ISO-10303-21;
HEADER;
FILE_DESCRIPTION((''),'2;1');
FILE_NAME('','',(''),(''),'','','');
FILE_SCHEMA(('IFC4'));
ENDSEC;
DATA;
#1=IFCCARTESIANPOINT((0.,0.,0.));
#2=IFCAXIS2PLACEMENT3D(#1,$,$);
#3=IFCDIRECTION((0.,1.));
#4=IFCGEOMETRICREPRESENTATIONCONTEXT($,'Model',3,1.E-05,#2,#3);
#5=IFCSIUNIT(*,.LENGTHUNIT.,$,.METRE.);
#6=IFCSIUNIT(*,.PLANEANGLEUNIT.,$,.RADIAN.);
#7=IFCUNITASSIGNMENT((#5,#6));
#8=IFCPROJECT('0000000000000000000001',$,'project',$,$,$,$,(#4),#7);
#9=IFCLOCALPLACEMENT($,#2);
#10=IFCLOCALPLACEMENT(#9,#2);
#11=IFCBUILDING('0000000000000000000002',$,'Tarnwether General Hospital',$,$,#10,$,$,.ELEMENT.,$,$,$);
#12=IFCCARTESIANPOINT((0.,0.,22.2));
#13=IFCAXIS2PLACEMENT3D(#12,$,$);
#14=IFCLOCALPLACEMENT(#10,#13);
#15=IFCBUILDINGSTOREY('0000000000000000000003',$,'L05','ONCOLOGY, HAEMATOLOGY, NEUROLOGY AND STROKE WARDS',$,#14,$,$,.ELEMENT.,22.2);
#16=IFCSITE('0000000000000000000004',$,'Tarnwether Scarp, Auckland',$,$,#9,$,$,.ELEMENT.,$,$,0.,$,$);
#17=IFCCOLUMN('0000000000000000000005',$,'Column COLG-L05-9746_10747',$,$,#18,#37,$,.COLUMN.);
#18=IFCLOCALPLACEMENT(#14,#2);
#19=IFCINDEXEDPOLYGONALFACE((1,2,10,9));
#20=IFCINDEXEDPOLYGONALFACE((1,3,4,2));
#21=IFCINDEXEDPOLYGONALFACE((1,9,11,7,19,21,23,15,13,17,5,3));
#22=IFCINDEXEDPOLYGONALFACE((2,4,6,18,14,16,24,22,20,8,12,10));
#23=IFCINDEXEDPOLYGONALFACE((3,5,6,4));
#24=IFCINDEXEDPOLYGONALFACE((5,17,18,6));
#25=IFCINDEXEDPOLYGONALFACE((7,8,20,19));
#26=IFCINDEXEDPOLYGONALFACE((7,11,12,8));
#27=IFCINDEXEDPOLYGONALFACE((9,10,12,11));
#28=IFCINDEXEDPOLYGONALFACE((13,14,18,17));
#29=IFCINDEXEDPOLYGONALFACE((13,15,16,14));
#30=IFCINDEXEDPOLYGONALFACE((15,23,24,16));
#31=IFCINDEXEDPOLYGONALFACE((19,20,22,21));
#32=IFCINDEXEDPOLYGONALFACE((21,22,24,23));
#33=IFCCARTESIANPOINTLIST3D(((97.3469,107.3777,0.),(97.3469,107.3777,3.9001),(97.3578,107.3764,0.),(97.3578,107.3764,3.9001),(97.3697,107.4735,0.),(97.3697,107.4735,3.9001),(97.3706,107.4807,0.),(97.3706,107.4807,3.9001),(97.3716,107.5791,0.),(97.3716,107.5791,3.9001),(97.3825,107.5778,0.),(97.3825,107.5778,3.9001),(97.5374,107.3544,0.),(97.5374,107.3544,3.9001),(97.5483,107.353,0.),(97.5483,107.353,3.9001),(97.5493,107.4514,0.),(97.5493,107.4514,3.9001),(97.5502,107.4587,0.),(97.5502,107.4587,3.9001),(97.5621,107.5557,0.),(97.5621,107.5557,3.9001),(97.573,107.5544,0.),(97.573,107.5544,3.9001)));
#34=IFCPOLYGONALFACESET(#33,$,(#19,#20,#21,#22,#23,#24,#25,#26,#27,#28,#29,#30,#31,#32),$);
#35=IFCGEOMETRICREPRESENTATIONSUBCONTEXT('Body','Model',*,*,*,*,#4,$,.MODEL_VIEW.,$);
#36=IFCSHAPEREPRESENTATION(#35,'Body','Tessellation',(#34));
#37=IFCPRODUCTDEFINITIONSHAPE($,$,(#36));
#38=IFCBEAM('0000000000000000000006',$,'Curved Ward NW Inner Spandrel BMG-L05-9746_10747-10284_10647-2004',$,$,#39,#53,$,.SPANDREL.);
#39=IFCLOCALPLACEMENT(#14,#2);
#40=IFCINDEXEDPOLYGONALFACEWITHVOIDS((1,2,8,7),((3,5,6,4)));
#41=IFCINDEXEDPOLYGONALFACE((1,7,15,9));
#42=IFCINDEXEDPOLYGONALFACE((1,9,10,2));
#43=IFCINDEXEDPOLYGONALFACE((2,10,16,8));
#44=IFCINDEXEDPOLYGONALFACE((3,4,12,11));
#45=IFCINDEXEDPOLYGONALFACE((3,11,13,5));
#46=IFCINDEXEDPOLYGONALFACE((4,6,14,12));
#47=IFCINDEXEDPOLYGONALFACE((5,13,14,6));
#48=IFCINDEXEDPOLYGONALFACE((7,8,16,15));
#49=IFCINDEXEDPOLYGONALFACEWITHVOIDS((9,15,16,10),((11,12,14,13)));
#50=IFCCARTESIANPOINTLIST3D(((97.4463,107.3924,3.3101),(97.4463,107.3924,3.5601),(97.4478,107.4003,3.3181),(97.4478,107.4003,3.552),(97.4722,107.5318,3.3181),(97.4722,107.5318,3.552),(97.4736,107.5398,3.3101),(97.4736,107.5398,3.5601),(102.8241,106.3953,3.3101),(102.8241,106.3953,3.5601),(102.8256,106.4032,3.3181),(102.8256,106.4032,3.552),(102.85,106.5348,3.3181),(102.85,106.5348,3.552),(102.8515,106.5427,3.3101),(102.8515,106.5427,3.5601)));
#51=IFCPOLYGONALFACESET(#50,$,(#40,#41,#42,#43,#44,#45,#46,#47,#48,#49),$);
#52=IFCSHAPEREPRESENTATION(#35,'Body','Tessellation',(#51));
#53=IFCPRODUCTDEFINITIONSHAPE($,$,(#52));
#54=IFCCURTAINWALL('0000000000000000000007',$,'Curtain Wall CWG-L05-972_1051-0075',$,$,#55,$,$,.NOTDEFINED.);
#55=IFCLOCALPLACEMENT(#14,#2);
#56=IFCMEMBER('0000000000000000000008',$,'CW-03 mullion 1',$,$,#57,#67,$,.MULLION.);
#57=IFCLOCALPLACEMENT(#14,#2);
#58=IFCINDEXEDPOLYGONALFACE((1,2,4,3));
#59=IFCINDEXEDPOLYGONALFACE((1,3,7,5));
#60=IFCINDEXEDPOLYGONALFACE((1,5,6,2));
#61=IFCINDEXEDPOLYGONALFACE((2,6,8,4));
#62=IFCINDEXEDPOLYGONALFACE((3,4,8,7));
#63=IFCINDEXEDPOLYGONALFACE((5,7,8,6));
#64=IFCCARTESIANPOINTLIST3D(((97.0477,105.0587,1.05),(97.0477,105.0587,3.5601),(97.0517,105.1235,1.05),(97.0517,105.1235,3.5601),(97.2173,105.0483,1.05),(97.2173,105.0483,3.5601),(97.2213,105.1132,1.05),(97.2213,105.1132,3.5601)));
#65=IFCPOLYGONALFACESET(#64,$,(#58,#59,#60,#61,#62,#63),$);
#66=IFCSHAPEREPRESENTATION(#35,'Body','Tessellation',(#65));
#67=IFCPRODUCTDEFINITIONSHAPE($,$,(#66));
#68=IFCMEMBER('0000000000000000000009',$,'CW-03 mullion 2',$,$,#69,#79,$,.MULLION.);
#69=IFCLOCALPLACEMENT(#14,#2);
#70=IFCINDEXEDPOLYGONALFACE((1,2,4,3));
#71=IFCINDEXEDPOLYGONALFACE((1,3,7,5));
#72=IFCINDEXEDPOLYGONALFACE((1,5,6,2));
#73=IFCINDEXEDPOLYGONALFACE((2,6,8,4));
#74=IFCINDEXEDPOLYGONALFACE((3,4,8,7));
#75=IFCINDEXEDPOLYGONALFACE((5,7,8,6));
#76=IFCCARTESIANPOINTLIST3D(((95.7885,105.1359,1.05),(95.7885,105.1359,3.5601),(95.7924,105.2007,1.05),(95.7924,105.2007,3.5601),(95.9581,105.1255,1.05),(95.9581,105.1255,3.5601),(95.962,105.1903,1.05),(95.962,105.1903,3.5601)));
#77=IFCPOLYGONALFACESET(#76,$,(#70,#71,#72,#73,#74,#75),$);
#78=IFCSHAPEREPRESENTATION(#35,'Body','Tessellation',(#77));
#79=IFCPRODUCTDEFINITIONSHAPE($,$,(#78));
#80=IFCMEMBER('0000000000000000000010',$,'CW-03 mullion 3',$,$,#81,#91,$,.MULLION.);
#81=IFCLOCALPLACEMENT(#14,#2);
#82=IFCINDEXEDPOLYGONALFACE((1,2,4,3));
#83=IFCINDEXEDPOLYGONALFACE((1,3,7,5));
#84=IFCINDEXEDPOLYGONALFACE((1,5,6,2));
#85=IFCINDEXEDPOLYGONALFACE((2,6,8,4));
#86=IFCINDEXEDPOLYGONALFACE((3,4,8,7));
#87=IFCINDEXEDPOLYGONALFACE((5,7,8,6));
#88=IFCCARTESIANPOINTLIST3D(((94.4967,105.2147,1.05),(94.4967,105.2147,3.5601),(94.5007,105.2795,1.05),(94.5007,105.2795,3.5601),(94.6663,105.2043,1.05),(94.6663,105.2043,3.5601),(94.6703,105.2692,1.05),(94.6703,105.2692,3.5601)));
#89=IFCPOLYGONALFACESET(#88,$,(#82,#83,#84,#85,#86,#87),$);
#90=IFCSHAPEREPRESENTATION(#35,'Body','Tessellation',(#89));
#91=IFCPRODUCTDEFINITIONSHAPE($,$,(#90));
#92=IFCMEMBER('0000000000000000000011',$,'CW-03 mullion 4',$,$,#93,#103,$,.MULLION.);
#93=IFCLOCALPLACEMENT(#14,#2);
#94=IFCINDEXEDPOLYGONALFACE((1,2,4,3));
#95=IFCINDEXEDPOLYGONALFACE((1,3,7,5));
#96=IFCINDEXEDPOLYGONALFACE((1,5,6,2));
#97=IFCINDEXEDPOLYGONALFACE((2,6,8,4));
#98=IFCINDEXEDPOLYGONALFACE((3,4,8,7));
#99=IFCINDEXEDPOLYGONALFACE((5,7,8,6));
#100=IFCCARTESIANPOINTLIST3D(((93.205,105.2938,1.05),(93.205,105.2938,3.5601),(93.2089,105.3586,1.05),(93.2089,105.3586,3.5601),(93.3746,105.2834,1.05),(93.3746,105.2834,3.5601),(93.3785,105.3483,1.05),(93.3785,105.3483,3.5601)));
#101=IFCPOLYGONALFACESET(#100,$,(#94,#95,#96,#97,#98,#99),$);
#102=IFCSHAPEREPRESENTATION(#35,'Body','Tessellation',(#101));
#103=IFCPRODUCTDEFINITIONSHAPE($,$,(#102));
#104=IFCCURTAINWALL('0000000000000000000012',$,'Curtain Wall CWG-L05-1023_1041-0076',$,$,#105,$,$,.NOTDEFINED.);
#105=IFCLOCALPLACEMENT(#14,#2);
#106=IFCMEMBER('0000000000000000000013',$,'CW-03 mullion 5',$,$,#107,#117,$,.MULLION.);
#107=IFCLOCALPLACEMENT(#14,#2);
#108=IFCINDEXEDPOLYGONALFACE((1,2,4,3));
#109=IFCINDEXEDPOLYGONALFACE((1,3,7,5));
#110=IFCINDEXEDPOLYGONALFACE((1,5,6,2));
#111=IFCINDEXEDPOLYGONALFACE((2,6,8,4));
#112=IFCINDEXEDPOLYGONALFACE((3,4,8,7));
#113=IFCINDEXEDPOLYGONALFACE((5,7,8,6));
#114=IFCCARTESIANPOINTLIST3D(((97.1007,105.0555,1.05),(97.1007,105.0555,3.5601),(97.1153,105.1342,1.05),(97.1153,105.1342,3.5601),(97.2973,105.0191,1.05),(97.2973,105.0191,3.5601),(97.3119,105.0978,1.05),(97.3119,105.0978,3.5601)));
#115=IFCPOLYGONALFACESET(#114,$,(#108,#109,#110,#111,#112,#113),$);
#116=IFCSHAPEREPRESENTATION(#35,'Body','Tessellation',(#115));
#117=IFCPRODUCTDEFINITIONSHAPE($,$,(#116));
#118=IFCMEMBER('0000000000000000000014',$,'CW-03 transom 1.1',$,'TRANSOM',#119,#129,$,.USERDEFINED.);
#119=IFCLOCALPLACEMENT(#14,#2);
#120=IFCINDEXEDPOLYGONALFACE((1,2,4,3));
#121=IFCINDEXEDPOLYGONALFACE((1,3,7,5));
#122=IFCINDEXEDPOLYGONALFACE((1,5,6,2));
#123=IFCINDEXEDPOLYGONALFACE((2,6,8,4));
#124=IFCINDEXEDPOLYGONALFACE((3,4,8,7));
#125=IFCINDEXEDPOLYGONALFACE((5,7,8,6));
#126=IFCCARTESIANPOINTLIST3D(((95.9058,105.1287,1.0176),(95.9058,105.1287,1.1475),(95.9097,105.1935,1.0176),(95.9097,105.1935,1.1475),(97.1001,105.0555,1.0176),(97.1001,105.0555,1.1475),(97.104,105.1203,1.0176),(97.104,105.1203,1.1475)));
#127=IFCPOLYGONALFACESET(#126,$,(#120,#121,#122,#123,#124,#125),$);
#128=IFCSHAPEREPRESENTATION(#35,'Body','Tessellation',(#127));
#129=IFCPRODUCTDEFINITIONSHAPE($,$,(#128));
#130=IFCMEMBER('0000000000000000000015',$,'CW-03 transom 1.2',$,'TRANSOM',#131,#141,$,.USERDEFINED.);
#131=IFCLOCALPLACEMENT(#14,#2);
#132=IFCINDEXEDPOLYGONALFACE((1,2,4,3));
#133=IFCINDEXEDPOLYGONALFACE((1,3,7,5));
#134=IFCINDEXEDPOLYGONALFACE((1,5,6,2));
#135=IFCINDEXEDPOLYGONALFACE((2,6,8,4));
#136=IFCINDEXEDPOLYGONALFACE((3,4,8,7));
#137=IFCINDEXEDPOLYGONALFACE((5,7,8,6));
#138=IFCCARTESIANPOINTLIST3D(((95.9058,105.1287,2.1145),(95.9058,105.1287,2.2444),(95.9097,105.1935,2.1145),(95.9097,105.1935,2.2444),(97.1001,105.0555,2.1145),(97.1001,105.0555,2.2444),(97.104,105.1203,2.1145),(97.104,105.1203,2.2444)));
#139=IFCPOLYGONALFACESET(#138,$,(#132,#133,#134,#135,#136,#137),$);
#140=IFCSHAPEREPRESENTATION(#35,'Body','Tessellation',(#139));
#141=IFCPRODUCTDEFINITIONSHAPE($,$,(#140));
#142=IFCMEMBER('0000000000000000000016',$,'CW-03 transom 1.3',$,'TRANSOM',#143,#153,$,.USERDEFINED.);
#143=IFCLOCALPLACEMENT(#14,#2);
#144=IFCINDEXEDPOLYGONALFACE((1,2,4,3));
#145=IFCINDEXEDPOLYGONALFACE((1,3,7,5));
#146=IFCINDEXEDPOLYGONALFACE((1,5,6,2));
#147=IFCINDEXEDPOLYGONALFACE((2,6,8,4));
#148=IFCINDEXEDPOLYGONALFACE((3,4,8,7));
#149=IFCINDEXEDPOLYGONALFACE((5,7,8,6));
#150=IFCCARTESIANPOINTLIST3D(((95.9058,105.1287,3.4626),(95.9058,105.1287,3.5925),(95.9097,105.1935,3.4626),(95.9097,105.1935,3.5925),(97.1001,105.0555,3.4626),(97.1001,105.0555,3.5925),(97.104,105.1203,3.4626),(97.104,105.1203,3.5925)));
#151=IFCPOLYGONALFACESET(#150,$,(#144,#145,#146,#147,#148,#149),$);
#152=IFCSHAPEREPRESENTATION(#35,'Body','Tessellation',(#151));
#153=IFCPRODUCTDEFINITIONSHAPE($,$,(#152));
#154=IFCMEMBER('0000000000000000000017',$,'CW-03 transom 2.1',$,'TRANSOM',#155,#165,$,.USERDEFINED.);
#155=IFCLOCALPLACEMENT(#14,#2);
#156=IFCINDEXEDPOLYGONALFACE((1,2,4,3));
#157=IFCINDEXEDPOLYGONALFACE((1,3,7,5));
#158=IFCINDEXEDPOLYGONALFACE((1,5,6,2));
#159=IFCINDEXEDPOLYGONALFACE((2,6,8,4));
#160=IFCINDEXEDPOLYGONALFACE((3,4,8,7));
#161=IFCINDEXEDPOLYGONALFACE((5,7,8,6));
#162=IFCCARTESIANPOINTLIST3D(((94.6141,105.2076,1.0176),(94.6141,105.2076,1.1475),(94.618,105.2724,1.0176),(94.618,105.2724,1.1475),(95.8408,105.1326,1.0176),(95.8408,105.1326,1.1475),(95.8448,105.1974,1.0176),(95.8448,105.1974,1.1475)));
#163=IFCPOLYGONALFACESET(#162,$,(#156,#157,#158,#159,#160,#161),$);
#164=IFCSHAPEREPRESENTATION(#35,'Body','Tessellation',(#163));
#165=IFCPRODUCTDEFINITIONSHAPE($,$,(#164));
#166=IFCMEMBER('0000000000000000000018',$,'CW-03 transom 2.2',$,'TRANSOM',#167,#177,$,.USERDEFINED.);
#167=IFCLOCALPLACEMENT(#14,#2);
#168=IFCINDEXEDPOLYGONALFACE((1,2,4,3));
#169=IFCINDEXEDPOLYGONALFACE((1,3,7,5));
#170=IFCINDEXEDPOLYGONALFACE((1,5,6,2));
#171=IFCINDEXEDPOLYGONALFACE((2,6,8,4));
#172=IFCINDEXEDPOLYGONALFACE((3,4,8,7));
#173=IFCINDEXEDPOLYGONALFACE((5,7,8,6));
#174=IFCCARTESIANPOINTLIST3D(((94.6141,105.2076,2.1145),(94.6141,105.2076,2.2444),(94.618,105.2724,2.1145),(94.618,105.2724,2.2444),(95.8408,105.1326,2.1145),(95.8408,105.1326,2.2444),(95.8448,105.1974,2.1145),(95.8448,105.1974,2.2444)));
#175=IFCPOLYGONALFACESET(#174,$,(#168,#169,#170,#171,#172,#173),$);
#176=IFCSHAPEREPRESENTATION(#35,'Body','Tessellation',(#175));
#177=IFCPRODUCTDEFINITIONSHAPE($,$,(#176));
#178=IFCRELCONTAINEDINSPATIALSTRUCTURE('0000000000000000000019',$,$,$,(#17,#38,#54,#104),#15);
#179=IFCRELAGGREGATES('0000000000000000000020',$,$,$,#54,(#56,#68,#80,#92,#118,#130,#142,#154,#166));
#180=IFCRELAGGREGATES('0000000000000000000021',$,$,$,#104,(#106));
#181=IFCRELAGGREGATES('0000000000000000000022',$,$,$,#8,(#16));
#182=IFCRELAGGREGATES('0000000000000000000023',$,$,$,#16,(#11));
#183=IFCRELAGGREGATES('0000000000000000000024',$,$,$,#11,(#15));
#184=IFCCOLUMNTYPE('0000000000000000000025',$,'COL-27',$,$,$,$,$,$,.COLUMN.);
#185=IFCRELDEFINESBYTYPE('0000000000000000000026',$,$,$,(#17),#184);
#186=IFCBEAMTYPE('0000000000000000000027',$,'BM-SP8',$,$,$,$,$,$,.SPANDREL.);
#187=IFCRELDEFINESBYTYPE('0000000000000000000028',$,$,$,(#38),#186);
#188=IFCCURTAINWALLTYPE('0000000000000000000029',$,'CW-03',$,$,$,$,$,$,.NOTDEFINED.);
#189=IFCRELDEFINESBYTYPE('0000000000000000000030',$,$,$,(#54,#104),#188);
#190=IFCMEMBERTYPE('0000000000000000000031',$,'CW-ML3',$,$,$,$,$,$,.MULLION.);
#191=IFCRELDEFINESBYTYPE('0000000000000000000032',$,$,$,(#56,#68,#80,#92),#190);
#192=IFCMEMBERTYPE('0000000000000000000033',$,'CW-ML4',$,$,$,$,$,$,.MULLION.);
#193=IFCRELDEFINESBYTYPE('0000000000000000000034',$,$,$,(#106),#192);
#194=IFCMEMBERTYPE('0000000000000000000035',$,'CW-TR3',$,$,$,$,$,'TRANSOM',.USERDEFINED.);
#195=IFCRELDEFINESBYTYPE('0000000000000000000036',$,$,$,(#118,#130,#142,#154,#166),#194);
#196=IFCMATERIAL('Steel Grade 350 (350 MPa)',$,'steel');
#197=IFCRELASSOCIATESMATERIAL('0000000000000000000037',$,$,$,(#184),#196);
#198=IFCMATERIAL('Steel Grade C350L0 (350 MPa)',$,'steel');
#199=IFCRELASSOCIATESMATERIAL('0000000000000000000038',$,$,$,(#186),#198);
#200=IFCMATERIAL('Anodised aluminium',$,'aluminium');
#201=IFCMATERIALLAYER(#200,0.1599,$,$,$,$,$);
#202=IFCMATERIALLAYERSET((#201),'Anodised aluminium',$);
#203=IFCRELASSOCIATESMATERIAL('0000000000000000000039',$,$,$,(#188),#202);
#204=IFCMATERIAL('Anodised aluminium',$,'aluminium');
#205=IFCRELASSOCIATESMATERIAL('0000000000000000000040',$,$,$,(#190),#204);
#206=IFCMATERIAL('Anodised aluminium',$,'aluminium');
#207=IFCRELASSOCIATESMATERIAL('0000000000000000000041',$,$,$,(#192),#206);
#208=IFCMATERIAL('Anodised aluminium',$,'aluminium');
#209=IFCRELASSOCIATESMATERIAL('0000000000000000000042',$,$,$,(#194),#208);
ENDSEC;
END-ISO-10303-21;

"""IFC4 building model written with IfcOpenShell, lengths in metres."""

from ifc_helpers import new_model, si_unit, direction, frame, origin, origin_2d, place, context, subcontext, project, spatial, rectangle, hollow_rectangle, i_section, extrude, material, layer, layer_set, material_profile, profile_set, type_object, element, aggregate, save


model = new_model("IFC4")

# Units and contexts
model_context = context("Model", 3, precision=1e-05, world=origin(), true_north=direction((0.0, 1.0)))
body_context = subcontext(model_context, "Body", "Model", "MODEL_VIEW")
ifc_project = project(units=[si_unit("LENGTHUNIT", "METRE"), si_unit("PLANEANGLEUNIT", "RADIAN")], contexts=[model_context])

# Site, building, storey
site_placement = place(None, origin())
site = spatial("IfcSite", under=ifc_project, at=site_placement, Name="Tarnwether Scarp, Auckland", CompositionType="ELEMENT", RefElevation=0.0)
building_placement = place(site_placement, origin())
building = spatial("IfcBuilding", under=site, at=building_placement, Name="Tarnwether General Hospital", CompositionType="ELEMENT")
storey_placement = place(building_placement, frame((0.0, 0.0, 22.2)))
storey = spatial("IfcBuildingStorey", under=building, at=storey_placement, Name="L05", Description="ONCOLOGY, HAEMATOLOGY, NEUROLOGY AND STROKE WARDS", CompositionType="ELEMENT", Elevation=22.2)

# Column
ifc_material_1 = material(Name="Steel Grade 350 (350 MPa)", Category="steel")
ifc_material_profile_1 = material_profile(ifc_material_1, i_section(OverallWidth=0.2029, OverallDepth=0.2029, WebThickness=0.0073, FlangeThickness=0.011, at=origin_2d()), Name="200UC46.2")
ifc_profile_set_1 = profile_set([ifc_material_profile_1], Name="Steel Grade 350 (350 MPa)")
column_type = type_object("IfcColumnType", Name="COL-27", PredefinedType="COLUMN", material=ifc_profile_set_1)
column_placement = place(storey_placement, frame((97.46, 107.4661, 0.0), z_axis=(0.0, 0.0, 1.0), x_axis=(0.121869, 0.992546, 0.0)))
element("IfcColumn", 1, at=column_placement, inside=storey, type_object=column_type, Name="Column COLG-L05-9746_10747", PredefinedType="COLUMN", context=body_context, shape_type="SweptSolid", body=[
    extrude(i_section(OverallWidth=0.2029, OverallDepth=0.2029, WebThickness=0.0073, FlangeThickness=0.011, at=origin_2d()), origin(), (0.0, 0.0, 1.0), 3.9001),
])

# Beam
ifc_material_2 = material(Name="Steel Grade C350L0 (350 MPa)", Category="steel")
ifc_material_profile_2 = material_profile(ifc_material_2, hollow_rectangle(XDim=0.1499, YDim=0.25, WallThickness=0.0081, at=origin_2d()), Name="RHS250x150x8")
ifc_profile_set_2 = profile_set([ifc_material_profile_2], Name="Steel Grade C350L0 (350 MPa)")
beam_type = type_object("IfcBeamType", Name="BM-SP8", PredefinedType="SPANDREL", material=ifc_profile_set_2)
beam_placement = place(storey_placement, frame((97.46, 107.4661, 3.4351), z_axis=(0.983244, -0.182294, 0.0), x_axis=(0.182294, 0.983244, 0.0)))
element("IfcBeam", 2, at=beam_placement, inside=storey, type_object=beam_type, Name="Curved Ward NW Inner Spandrel BMG-L05-9746_10747-10284_10647-2004", PredefinedType="SPANDREL", context=body_context, shape_type="SweptSolid", body=[
    extrude(hollow_rectangle(XDim=0.1499, YDim=0.25, WallThickness=0.0081, at=origin_2d()), origin(), (0.0, 0.0, 1.0), 5.4695),
])

# Curtain wall, members
ifc_material_3 = material(Name="Anodised aluminium", Category="aluminium")
ifc_layer_1 = layer(ifc_material_3, 0.1599)
ifc_layer_set_1 = layer_set([ifc_layer_1], Name="Anodised aluminium")
curtain_wall_type = type_object("IfcCurtainWallType", Name="CW-03", PredefinedType="NOTDEFINED", material=ifc_layer_set_1)
curtain_wall_1_placement = place(storey_placement, origin())
curtain_wall_1 = element("IfcCurtainWall", 3, at=curtain_wall_1_placement, inside=storey, type_object=curtain_wall_type, Name="Curtain Wall CWG-L05-972_1051-0075", PredefinedType="NOTDEFINED")
ifc_material_4 = material(Name="Anodised aluminium", Category="aluminium")
ifc_material_profile_3 = material_profile(ifc_material_4, rectangle(XDim=0.0649, YDim=0.1699, at=origin_2d()), Name="ALU-MUL-65x170")
ifc_profile_set_3 = profile_set([ifc_material_profile_3], Name="Anodised aluminium")
member_type_1 = type_object("IfcMemberType", Name="CW-ML3", PredefinedType="MULLION", material=ifc_profile_set_3)
member_1_placement = place(storey_placement, frame((97.1345, 105.0859, 1.05), z_axis=(0.0, 0.0, 1.0), x_axis=(-0.061043, -0.998135, 0.0)))
member_1 = element("IfcMember", 4, at=member_1_placement, type_object=member_type_1, Name="CW-03 mullion 1", PredefinedType="MULLION", context=body_context, shape_type="SweptSolid", body=[
    extrude(rectangle(XDim=0.0649, YDim=0.1699, at=origin_2d()), origin(), (0.0, 0.0, 1.0), 2.51),
])
member_2_placement = place(storey_placement, frame((95.8752, 105.1631, 1.05), z_axis=(0.0, 0.0, 1.0), x_axis=(-0.061043, -0.998135, 0.0)))
member_2 = element("IfcMember", 5, at=member_2_placement, type_object=member_type_1, Name="CW-03 mullion 2", PredefinedType="MULLION", context=body_context, shape_type="SweptSolid", body=[
    extrude(rectangle(XDim=0.0649, YDim=0.1699, at=origin_2d()), origin(), (0.0, 0.0, 1.0), 2.51),
])
member_3_placement = place(storey_placement, frame((94.5835, 105.2419, 1.05), z_axis=(0.0, 0.0, 1.0), x_axis=(-0.061043, -0.998135, 0.0)))
member_3 = element("IfcMember", 6, at=member_3_placement, type_object=member_type_1, Name="CW-03 mullion 3", PredefinedType="MULLION", context=body_context, shape_type="SweptSolid", body=[
    extrude(rectangle(XDim=0.0649, YDim=0.1699, at=origin_2d()), origin(), (0.0, 0.0, 1.0), 2.51),
])
member_4_placement = place(storey_placement, frame((93.2917, 105.321, 1.05), z_axis=(0.0, 0.0, 1.0), x_axis=(-0.061043, -0.998135, 0.0)))
member_4 = element("IfcMember", 7, at=member_4_placement, type_object=member_type_1, Name="CW-03 mullion 4", PredefinedType="MULLION", context=body_context, shape_type="SweptSolid", body=[
    extrude(rectangle(XDim=0.0649, YDim=0.1699, at=origin_2d()), origin(), (0.0, 0.0, 1.0), 2.51),
])

# Curtain wall, member
curtain_wall_2_placement = place(storey_placement, origin())
curtain_wall_2 = element("IfcCurtainWall", 8, at=curtain_wall_2_placement, inside=storey, type_object=curtain_wall_type, Name="Curtain Wall CWG-L05-1023_1041-0076", PredefinedType="NOTDEFINED")
ifc_material_5 = material(Name="Anodised aluminium", Category="aluminium")
ifc_material_profile_4 = material_profile(ifc_material_5, rectangle(XDim=0.0801, YDim=0.2, at=origin_2d()), Name="ALU-MUL-80x200")
ifc_profile_set_4 = profile_set([ifc_material_profile_4], Name="Anodised aluminium")
member_type_2 = type_object("IfcMemberType", Name="CW-ML4", PredefinedType="MULLION", material=ifc_profile_set_4)
member_5_placement = place(storey_placement, frame((97.2063, 105.0767, 1.05), z_axis=(0.0, 0.0, 1.0), x_axis=(-0.182165, -0.983268, 0.0)))
member_5 = element("IfcMember", 9, at=member_5_placement, type_object=member_type_2, Name="CW-03 mullion 5", PredefinedType="MULLION", context=body_context, shape_type="SweptSolid", body=[
    extrude(rectangle(XDim=0.0801, YDim=0.2, at=origin_2d()), origin(), (0.0, 0.0, 1.0), 2.51),
])

# Members
ifc_material_6 = material(Name="Anodised aluminium", Category="aluminium")
ifc_material_profile_5 = material_profile(ifc_material_6, rectangle(XDim=0.0649, YDim=0.1299, at=origin_2d()), Name="ALU-TRN-65x130")
ifc_profile_set_5 = profile_set([ifc_material_profile_5], Name="Anodised aluminium")
member_type_3 = type_object("IfcMemberType", Name="CW-TR3", ElementType="TRANSOM", PredefinedType="USERDEFINED", material=ifc_profile_set_5)
member_6_placement = place(storey_placement, frame((97.1021, 105.0879, 1.0825), z_axis=(-0.998125, 0.06121, 0.0), x_axis=(-0.06121, -0.998125, 0.0)))
member_6 = element("IfcMember", 10, at=member_6_placement, type_object=member_type_3, Name="CW-03 transom 1.1", ObjectType="TRANSOM", PredefinedType="USERDEFINED", context=body_context, shape_type="SweptSolid", body=[
    extrude(rectangle(XDim=0.0649, YDim=0.1299, at=origin_2d()), origin(), (0.0, 0.0, 1.0), 1.1965),
])
member_7_placement = place(storey_placement, frame((97.1021, 105.0879, 2.1794), z_axis=(-0.998125, 0.06121, 0.0), x_axis=(-0.06121, -0.998125, 0.0)))
member_7 = element("IfcMember", 11, at=member_7_placement, type_object=member_type_3, Name="CW-03 transom 1.2", ObjectType="TRANSOM", PredefinedType="USERDEFINED", context=body_context, shape_type="SweptSolid", body=[
    extrude(rectangle(XDim=0.0649, YDim=0.1299, at=origin_2d()), origin(), (0.0, 0.0, 1.0), 1.1965),
])
member_8_placement = place(storey_placement, frame((97.1021, 105.0879, 3.5276), z_axis=(-0.998125, 0.06121, 0.0), x_axis=(-0.06121, -0.998125, 0.0)))
member_8 = element("IfcMember", 12, at=member_8_placement, type_object=member_type_3, Name="CW-03 transom 1.3", ObjectType="TRANSOM", PredefinedType="USERDEFINED", context=body_context, shape_type="SweptSolid", body=[
    extrude(rectangle(XDim=0.0649, YDim=0.1299, at=origin_2d()), origin(), (0.0, 0.0, 1.0), 1.1965),
])
member_9_placement = place(storey_placement, frame((95.8428, 105.165, 1.0825), z_axis=(-0.998139, 0.060981, 0.0), x_axis=(-0.060981, -0.998139, 0.0)))
member_9 = element("IfcMember", 13, at=member_9_placement, type_object=member_type_3, Name="CW-03 transom 2.1", ObjectType="TRANSOM", PredefinedType="USERDEFINED", context=body_context, shape_type="SweptSolid", body=[
    extrude(rectangle(XDim=0.0649, YDim=0.1299, at=origin_2d()), origin(), (0.0, 0.0, 1.0), 1.229),
])
member_10_placement = place(storey_placement, frame((95.8428, 105.165, 2.1794), z_axis=(-0.998139, 0.060981, 0.0), x_axis=(-0.060981, -0.998139, 0.0)))
member_10 = element("IfcMember", 14, at=member_10_placement, type_object=member_type_3, Name="CW-03 transom 2.2", ObjectType="TRANSOM", PredefinedType="USERDEFINED", context=body_context, shape_type="SweptSolid", body=[
    extrude(rectangle(XDim=0.0649, YDim=0.1299, at=origin_2d()), origin(), (0.0, 0.0, 1.0), 1.229),
])

aggregate(curtain_wall_1, [member_1, member_2, member_3, member_4, member_6, member_7, member_8, member_9, member_10])
aggregate(curtain_wall_2, [member_5])

save(model, "model.ifc")
